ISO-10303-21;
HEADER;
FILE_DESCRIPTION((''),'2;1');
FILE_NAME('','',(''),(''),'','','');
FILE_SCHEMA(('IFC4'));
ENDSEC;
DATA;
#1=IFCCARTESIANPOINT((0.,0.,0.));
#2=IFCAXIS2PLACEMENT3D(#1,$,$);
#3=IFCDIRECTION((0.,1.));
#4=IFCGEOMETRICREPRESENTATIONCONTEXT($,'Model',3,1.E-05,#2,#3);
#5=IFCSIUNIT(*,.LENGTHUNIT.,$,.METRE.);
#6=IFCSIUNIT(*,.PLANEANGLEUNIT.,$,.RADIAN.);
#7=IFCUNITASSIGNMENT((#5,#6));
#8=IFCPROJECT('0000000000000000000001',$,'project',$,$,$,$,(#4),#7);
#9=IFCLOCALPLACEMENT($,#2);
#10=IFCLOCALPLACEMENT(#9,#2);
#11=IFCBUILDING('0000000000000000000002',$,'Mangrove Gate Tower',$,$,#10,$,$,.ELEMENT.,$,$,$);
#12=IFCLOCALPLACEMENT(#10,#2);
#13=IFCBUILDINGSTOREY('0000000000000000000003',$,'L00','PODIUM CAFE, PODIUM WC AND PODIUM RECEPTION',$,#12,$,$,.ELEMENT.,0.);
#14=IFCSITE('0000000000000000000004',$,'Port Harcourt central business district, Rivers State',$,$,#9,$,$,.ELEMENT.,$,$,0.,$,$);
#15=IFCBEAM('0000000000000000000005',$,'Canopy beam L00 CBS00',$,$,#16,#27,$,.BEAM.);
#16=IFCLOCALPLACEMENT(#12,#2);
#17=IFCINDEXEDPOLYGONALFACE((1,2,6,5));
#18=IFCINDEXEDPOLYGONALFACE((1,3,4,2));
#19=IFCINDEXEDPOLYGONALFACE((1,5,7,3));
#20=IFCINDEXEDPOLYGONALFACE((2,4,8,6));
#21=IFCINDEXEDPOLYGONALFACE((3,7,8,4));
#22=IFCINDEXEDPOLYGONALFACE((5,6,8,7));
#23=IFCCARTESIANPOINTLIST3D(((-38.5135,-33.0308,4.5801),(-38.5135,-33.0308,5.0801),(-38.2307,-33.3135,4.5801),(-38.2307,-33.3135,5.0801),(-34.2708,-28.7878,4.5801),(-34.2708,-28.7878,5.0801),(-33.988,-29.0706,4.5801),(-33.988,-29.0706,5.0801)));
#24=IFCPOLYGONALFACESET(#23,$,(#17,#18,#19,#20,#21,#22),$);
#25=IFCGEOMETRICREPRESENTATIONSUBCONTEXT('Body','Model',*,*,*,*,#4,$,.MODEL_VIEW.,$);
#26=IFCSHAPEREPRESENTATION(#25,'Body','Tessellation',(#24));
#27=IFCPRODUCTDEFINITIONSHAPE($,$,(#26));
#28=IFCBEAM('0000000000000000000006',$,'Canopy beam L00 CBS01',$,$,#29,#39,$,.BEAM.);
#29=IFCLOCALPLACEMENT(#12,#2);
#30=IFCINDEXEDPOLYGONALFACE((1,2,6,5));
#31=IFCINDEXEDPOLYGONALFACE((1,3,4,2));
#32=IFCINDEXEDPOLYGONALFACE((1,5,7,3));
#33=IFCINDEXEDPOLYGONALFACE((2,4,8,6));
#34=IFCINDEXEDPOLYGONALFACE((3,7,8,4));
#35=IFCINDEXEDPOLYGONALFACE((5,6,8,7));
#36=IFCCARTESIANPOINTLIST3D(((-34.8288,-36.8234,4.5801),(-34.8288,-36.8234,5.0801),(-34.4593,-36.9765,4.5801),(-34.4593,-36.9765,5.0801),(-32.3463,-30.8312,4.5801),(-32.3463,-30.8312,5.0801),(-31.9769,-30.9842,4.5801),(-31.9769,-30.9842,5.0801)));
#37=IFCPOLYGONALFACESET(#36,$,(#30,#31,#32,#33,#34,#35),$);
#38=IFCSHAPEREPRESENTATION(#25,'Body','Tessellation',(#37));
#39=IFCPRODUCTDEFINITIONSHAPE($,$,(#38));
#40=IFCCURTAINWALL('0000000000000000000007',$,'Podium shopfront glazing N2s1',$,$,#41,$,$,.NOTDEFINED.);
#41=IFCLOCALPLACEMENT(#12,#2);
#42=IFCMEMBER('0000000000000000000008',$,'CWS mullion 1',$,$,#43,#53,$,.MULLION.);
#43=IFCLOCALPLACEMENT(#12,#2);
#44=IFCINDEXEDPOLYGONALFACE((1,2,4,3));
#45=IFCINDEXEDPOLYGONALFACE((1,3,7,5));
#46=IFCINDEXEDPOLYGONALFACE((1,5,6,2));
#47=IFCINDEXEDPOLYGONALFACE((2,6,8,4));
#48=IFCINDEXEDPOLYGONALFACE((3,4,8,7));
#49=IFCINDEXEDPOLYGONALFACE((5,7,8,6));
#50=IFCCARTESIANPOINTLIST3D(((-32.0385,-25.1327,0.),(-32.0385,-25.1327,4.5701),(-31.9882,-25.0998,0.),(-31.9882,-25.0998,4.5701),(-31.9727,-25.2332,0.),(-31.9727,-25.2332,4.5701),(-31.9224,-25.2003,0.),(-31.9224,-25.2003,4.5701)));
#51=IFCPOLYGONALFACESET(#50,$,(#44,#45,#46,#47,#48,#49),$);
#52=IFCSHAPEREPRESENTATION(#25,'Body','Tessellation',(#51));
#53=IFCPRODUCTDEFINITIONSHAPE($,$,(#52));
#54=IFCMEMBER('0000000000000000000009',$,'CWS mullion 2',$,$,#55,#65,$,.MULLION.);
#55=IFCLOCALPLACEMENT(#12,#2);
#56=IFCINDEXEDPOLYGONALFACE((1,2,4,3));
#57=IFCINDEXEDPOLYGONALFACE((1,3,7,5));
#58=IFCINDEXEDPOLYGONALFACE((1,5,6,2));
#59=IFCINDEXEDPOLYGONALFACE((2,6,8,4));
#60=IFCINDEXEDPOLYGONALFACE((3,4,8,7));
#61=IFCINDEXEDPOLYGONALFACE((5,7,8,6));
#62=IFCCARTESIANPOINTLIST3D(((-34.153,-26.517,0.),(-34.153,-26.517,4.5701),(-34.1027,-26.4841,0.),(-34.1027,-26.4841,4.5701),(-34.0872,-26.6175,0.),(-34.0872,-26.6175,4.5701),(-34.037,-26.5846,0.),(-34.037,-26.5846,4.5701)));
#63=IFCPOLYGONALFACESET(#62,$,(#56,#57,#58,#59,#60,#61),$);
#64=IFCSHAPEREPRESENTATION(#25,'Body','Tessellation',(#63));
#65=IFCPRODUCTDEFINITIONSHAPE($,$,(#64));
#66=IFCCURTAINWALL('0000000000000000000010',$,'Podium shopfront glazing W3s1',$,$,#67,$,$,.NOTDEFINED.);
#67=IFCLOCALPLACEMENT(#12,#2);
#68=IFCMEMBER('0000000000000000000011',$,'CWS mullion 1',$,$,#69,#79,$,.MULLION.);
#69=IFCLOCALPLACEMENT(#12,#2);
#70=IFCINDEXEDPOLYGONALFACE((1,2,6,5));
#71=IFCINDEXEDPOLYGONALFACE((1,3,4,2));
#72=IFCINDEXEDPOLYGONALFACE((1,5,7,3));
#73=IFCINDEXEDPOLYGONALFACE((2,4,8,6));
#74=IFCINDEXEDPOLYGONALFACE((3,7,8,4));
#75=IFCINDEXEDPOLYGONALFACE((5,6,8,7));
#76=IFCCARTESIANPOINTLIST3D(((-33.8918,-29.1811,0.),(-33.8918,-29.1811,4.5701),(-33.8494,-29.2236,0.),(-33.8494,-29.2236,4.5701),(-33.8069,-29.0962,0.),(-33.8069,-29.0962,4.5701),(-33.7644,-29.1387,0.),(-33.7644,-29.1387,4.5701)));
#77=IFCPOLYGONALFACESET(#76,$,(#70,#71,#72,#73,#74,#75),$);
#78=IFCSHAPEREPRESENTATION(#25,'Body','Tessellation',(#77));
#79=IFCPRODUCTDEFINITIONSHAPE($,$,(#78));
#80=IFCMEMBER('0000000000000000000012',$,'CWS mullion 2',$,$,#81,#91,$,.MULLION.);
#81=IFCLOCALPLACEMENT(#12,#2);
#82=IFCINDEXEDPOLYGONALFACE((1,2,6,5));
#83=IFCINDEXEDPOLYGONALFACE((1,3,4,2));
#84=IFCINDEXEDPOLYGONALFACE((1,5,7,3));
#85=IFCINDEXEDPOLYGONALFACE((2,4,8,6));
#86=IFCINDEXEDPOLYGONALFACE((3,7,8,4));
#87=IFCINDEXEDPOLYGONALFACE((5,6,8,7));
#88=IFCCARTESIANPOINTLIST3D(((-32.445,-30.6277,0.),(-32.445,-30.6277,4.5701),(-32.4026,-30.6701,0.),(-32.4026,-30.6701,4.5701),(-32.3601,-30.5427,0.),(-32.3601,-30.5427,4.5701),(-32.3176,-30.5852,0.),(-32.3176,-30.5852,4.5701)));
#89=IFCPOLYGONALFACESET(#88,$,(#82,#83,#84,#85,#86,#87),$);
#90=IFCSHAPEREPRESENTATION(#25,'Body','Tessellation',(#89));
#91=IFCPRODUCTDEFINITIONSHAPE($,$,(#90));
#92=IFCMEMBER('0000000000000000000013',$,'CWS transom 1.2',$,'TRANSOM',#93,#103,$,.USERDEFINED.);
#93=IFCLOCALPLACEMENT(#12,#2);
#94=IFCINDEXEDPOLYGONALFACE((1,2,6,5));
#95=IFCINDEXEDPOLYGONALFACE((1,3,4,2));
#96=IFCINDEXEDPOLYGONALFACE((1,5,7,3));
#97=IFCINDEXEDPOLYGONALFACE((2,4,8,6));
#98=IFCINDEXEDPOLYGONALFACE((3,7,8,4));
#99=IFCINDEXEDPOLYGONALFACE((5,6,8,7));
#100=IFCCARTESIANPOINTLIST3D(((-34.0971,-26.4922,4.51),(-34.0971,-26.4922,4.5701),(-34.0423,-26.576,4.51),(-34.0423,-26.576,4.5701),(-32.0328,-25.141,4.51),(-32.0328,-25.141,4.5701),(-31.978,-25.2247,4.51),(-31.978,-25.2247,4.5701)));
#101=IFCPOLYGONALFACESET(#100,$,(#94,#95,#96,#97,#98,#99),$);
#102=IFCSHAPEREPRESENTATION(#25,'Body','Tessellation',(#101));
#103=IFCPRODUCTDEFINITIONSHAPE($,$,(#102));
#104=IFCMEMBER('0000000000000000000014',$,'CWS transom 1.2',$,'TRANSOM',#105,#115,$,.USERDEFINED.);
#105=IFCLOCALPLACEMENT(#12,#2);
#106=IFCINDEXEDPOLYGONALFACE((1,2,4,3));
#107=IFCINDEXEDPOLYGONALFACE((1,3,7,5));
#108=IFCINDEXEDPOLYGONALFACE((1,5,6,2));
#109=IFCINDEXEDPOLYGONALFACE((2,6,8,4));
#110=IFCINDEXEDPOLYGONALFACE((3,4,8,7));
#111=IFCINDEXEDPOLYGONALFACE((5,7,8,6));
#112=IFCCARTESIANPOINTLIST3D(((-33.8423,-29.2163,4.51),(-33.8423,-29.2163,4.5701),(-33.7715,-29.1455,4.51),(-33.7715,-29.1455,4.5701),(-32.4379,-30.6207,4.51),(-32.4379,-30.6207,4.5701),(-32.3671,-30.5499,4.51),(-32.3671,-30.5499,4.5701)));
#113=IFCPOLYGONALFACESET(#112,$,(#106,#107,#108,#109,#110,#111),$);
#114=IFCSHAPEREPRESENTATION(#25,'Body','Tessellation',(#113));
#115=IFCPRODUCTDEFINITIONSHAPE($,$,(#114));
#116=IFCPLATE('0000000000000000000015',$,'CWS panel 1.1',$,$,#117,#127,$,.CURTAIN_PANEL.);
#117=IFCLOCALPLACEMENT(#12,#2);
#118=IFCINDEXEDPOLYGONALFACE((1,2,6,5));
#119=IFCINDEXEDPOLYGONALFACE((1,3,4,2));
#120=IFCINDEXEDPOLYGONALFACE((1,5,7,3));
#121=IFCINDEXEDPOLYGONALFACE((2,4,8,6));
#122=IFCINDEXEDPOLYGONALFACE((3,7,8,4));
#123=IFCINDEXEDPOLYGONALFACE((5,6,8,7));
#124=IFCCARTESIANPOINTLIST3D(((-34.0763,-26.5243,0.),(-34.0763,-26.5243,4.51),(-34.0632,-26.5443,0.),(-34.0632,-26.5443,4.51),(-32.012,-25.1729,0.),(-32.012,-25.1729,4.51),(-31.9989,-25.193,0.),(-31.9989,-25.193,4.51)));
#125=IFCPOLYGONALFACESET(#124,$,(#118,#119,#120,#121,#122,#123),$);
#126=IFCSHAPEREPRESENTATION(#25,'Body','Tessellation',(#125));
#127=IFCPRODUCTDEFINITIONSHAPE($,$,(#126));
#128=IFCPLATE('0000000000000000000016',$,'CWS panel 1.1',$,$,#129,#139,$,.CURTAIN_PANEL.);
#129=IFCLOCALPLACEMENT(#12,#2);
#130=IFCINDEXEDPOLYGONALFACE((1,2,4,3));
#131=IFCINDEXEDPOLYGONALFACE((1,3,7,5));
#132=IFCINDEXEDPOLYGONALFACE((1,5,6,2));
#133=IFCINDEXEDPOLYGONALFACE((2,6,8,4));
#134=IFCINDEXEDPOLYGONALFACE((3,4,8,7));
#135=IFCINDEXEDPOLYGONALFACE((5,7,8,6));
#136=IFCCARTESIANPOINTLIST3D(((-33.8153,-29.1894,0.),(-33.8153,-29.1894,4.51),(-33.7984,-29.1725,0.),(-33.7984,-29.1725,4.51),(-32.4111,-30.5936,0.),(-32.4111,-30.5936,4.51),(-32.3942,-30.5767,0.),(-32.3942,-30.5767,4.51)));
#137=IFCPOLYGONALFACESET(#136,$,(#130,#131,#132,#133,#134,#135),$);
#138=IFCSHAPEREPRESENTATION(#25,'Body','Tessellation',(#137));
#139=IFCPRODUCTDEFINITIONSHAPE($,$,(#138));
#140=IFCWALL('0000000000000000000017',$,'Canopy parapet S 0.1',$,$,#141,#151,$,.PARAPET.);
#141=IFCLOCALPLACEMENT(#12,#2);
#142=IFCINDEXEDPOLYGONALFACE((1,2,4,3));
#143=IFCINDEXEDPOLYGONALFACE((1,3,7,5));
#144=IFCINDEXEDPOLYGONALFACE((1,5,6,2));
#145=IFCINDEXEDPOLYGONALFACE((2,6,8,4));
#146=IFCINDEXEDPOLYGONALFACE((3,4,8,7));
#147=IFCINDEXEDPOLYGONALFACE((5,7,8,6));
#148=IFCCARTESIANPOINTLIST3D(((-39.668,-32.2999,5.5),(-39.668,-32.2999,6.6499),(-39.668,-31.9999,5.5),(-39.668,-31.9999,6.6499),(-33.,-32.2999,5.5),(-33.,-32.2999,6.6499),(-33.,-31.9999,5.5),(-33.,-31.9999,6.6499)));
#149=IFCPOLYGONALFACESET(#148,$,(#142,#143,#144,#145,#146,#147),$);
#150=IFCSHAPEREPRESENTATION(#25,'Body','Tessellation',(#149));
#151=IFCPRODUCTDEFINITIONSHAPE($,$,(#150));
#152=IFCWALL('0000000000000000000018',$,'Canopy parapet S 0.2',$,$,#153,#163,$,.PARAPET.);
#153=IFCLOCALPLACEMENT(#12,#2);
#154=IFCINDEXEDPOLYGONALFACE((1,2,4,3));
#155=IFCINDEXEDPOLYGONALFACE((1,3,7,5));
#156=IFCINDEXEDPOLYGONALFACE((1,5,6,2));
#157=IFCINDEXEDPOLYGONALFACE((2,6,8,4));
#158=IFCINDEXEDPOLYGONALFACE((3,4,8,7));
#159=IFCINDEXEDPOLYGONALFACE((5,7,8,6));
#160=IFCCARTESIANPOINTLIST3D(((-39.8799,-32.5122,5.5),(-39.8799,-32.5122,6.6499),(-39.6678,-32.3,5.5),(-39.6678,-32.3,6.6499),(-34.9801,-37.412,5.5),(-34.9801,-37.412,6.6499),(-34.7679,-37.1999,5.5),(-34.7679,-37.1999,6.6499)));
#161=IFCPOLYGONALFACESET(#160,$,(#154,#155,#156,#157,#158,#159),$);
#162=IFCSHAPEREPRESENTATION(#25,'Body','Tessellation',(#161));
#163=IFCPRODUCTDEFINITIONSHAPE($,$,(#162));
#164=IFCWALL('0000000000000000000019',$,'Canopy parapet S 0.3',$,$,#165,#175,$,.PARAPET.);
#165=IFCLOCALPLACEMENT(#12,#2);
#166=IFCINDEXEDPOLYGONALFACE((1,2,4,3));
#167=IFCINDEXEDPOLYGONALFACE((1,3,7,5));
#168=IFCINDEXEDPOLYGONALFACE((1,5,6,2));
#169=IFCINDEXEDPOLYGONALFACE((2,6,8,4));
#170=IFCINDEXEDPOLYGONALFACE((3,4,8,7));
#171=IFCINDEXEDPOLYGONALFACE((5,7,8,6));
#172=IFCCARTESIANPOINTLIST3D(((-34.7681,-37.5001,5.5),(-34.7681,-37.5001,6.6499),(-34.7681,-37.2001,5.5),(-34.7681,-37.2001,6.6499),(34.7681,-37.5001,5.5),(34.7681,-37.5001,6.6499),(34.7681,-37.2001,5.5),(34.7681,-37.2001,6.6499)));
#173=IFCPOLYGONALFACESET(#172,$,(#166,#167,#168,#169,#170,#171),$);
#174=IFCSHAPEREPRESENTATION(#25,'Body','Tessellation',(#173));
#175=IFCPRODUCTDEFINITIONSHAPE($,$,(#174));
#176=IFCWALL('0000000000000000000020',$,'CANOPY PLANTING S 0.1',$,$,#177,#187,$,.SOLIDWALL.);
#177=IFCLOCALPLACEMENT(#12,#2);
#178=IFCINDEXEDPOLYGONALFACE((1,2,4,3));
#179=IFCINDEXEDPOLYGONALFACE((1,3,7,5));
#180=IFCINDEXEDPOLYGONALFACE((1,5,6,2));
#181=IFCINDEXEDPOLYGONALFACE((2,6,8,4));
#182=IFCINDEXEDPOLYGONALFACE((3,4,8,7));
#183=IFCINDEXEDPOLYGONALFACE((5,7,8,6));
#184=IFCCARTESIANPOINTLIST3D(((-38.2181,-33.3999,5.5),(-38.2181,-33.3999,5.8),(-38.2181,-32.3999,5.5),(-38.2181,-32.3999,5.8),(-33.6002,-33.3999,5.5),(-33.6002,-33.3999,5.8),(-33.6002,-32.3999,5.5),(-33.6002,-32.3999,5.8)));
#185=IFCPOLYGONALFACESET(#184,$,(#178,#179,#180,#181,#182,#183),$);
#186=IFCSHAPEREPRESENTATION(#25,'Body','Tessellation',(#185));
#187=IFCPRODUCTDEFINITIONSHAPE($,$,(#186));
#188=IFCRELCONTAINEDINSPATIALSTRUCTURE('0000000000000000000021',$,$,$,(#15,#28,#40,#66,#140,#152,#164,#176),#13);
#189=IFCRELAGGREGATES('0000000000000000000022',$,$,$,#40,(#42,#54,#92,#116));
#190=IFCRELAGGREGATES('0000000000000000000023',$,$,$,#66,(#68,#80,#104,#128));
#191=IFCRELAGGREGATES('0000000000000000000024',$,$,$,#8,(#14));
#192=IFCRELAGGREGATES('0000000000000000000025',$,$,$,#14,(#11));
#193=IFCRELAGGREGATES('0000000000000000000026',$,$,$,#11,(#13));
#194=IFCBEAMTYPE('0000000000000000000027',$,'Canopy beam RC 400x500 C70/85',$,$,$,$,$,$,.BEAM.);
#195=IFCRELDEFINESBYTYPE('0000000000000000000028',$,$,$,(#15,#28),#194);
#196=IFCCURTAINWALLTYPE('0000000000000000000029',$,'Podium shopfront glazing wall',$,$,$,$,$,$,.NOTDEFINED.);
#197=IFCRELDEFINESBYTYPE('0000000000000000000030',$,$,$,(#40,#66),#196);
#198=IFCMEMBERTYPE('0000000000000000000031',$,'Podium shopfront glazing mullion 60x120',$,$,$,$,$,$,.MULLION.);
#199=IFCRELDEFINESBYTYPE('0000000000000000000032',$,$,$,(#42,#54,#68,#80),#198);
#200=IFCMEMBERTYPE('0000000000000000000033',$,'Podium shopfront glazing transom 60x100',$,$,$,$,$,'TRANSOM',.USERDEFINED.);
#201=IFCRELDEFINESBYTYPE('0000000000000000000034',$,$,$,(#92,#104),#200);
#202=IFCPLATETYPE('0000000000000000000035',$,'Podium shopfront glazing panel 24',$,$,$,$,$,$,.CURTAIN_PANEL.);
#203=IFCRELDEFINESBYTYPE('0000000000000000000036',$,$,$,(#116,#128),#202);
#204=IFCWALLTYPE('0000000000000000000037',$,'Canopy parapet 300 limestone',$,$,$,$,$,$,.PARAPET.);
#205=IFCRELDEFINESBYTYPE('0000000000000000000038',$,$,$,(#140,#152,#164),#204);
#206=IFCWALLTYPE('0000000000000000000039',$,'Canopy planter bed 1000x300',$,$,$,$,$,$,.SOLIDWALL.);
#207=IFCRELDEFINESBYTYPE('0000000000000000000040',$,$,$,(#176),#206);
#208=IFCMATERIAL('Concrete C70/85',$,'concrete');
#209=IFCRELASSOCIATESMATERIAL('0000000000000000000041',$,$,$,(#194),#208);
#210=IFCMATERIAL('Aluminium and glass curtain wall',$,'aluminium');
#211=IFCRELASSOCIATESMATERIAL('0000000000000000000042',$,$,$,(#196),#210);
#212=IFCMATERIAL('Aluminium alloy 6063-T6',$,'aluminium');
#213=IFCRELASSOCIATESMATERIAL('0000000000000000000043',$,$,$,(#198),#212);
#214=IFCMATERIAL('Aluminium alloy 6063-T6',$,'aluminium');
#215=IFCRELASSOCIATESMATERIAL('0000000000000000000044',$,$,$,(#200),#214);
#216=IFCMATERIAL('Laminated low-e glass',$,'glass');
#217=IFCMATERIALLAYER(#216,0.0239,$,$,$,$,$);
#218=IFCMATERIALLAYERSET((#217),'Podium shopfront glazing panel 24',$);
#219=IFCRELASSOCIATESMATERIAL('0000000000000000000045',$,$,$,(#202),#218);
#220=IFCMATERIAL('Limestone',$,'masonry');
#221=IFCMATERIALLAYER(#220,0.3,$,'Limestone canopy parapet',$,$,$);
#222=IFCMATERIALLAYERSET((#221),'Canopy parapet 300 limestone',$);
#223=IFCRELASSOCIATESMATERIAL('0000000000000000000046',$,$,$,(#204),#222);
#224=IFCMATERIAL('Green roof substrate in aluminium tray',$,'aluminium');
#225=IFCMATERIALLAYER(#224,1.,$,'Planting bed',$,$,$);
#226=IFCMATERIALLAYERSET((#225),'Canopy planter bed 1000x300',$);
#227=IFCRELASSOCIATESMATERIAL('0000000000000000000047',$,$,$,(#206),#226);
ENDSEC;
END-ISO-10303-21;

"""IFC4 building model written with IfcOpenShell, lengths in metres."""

from ifc_helpers import new_model, si_unit, direction, frame, frame_2d, origin, origin_2d, place, context, subcontext, project, spatial, rectangle, extrude, material, layer, layer_set, material_profile, profile_set, type_object, element, aggregate, save


model = new_model("IFC4")

# Units and contexts
model_context = context("Model", 3, precision=1e-05, world=origin(), true_north=direction((0.0, 1.0)))
body_context = subcontext(model_context, "Body", "Model", "MODEL_VIEW")
ifc_project = project(units=[si_unit("LENGTHUNIT", "METRE"), si_unit("PLANEANGLEUNIT", "RADIAN")], contexts=[model_context])

# Site, building, storey
site_placement = place(None, origin())
site = spatial("IfcSite", under=ifc_project, at=site_placement, Name="Port Harcourt central business district, Rivers State", CompositionType="ELEMENT", RefElevation=0.0)
building_placement = place(site_placement, origin())
building = spatial("IfcBuilding", under=site, at=building_placement, Name="Mangrove Gate Tower", CompositionType="ELEMENT")
storey_placement = place(building_placement, origin())
storey = spatial("IfcBuildingStorey", under=building, at=storey_placement, Name="L00", Description="PODIUM CAFE, PODIUM WC AND PODIUM RECEPTION", CompositionType="ELEMENT", Elevation=0.0)

# Beams
ifc_material_1 = material(Name="Concrete C70/85", Category="concrete")
ifc_material_profile_1 = material_profile(ifc_material_1, rectangle(XDim=0.3999, YDim=0.5, at=origin_2d()))
ifc_profile_set_1 = profile_set([ifc_material_profile_1], Name="Concrete C70/85")
beam_type = type_object("IfcBeamType", Name="Canopy beam RC 400x500 C70/85", PredefinedType="BEAM", material=ifc_profile_set_1)
beam_1_placement = place(storey_placement, frame((-34.1294, -28.9292, 4.8301), z_axis=(-0.707086, -0.707127, 0.0), x_axis=(0.707127, -0.707086, 0.0)))
element("IfcBeam", 1, at=beam_1_placement, inside=storey, type_object=beam_type, Name="Canopy beam L00 CBS00", PredefinedType="BEAM", context=body_context, shape_type="SweptSolid", body=[
    extrude(rectangle(XDim=0.3999, YDim=0.5, at=origin_2d()), origin(), (0.0, 0.0, 1.0), 6.0002),
])
beam_2_placement = place(storey_placement, frame((-32.1616, -30.9077, 4.8301), z_axis=(-0.382733, -0.923859, 0.0), x_axis=(0.923859, -0.382733, 0.0)))
element("IfcBeam", 2, at=beam_2_placement, inside=storey, type_object=beam_type, Name="Canopy beam L00 CBS01", PredefinedType="BEAM", context=body_context, shape_type="SweptSolid", body=[
    extrude(rectangle(XDim=0.3999, YDim=0.5, at=origin_2d()), origin(), (0.0, 0.0, 1.0), 6.4861),
])

# Curtain walls, members
ifc_material_2 = material(Name="Aluminium and glass curtain wall", Category="aluminium")
curtain_wall_type = type_object("IfcCurtainWallType", Name="Podium shopfront glazing wall", PredefinedType="NOTDEFINED", material=ifc_material_2)
curtain_wall_1_placement = place(storey_placement, origin())
curtain_wall_1 = element("IfcCurtainWall", 3, at=curtain_wall_1_placement, inside=storey, type_object=curtain_wall_type, Name="Podium shopfront glazing N2s1", PredefinedType="NOTDEFINED")
ifc_material_3 = material(Name="Aluminium alloy 6063-T6", Category="aluminium")
ifc_material_profile_2 = material_profile(ifc_material_3, rectangle(XDim=0.0601, YDim=0.1201, at=origin_2d()))
ifc_profile_set_2 = profile_set([ifc_material_profile_2], Name="Aluminium alloy 6063-T6")
member_type_1 = type_object("IfcMemberType", Name="Podium shopfront glazing mullion 60x120", PredefinedType="MULLION", material=ifc_profile_set_2)
member_1_placement = place(storey_placement, frame((-31.9805, -25.1665, 0.0), z_axis=(0.0, 0.0, 1.0), x_axis=(-0.836659, -0.547725, 0.0)))
member_1 = element("IfcMember", 4, at=member_1_placement, type_object=member_type_1, Name="CWS mullion 1", PredefinedType="MULLION", context=body_context, shape_type="SweptSolid", body=[
    extrude(rectangle(XDim=0.0601, YDim=0.1201, at=origin_2d()), origin(), (0.0, 0.0, 1.0), 4.5701),
])
member_2_placement = place(storey_placement, frame((-34.095, -26.5508, 0.0), z_axis=(0.0, 0.0, 1.0), x_axis=(-0.836659, -0.547725, 0.0)))
member_2 = element("IfcMember", 5, at=member_2_placement, type_object=member_type_1, Name="CWS mullion 2", PredefinedType="MULLION", context=body_context, shape_type="SweptSolid", body=[
    extrude(rectangle(XDim=0.0601, YDim=0.1201, at=origin_2d()), origin(), (0.0, 0.0, 1.0), 4.5701),
])
curtain_wall_2_placement = place(storey_placement, origin())
curtain_wall_2 = element("IfcCurtainWall", 6, at=curtain_wall_2_placement, inside=storey, type_object=curtain_wall_type, Name="Podium shopfront glazing W3s1", PredefinedType="NOTDEFINED")
member_3_placement = place(storey_placement, frame((-33.8281, -29.1599, 0.0), z_axis=(0.0, 0.0, 1.0), x_axis=(0.707107, -0.707107, 0.0)))
member_3 = element("IfcMember", 7, at=member_3_placement, type_object=member_type_1, Name="CWS mullion 1", PredefinedType="MULLION", context=body_context, shape_type="SweptSolid", body=[
    extrude(rectangle(XDim=0.0601, YDim=0.1201, at=origin_2d()), origin(), (0.0, 0.0, 1.0), 4.5701),
])
member_4_placement = place(storey_placement, frame((-32.3813, -30.6064, 0.0), z_axis=(0.0, 0.0, 1.0), x_axis=(0.707107, -0.707107, 0.0)))
member_4 = element("IfcMember", 8, at=member_4_placement, type_object=member_type_1, Name="CWS mullion 2", PredefinedType="MULLION", context=body_context, shape_type="SweptSolid", body=[
    extrude(rectangle(XDim=0.0601, YDim=0.1201, at=origin_2d()), origin(), (0.0, 0.0, 1.0), 4.5701),
])

# Members
ifc_material_4 = material(Name="Aluminium alloy 6063-T6", Category="aluminium")
ifc_material_profile_3 = material_profile(ifc_material_4, rectangle(XDim=0.0601, YDim=0.1001, at=origin_2d()))
ifc_profile_set_3 = profile_set([ifc_material_profile_3], Name="Aluminium alloy 6063-T6")
member_type_2 = type_object("IfcMemberType", Name="Podium shopfront glazing transom 60x100", ElementType="TRANSOM", PredefinedType="USERDEFINED", material=ifc_profile_set_3)
member_5_placement = place(storey_placement, frame((-32.0054, -25.1829, 4.54), z_axis=(-0.836694, -0.547671, 0.0), x_axis=(0.0, 0.0, 1.0)))
member_5 = element("IfcMember", 9, at=member_5_placement, type_object=member_type_2, Name="CWS transom 1.2", ObjectType="TRANSOM", PredefinedType="USERDEFINED", context=body_context, shape_type="SweptSolid", body=[
    extrude(rectangle(XDim=0.0601, YDim=0.1001, at=origin_2d()), origin(), (0.0, 0.0, 1.0), 2.4673),
])
member_6_placement = place(storey_placement, frame((-33.8069, -29.1809, 4.54), z_axis=(0.707107, -0.707107, 0.0), x_axis=(0.0, 0.0, 1.0)))
member_6 = element("IfcMember", 10, at=member_6_placement, type_object=member_type_2, Name="CWS transom 1.2", ObjectType="TRANSOM", PredefinedType="USERDEFINED", context=body_context, shape_type="SweptSolid", body=[
    extrude(rectangle(XDim=0.0601, YDim=0.1001, at=origin_2d()), origin(), (0.0, 0.0, 1.0), 1.9861),
])

# Plates
ifc_material_5 = material(Name="Laminated low-e glass", Category="glass")
ifc_layer_1 = layer(ifc_material_5, 0.0239)
ifc_layer_set_1 = layer_set([ifc_layer_1], Name="Podium shopfront glazing panel 24")
plate_type = type_object("IfcPlateType", Name="Podium shopfront glazing panel 24", PredefinedType="CURTAIN_PANEL", material=ifc_layer_set_1)
plate_1_placement = place(storey_placement, frame((-33.0376, -25.8586, 0.0), z_axis=(0.0, 0.0, 1.0), x_axis=(-0.836659, -0.547725, 0.0)))
plate_1 = element("IfcPlate", 11, at=plate_1_placement, type_object=plate_type, Name="CWS panel 1.1", PredefinedType="CURTAIN_PANEL", context=body_context, shape_type="SweptSolid", body=[
    extrude(rectangle(XDim=2.4673, YDim=0.0239, at=origin_2d()), origin(), (0.0, 0.0, 1.0), 4.51),
])
aggregate(curtain_wall_1, [member_1, member_2, member_5, plate_1])
plate_2_placement = place(storey_placement, frame((-33.1047, -29.8831, 0.0), z_axis=(0.0, 0.0, 1.0), x_axis=(0.707107, -0.707107, 0.0)))
plate_2 = element("IfcPlate", 12, at=plate_2_placement, type_object=plate_type, Name="CWS panel 1.1", PredefinedType="CURTAIN_PANEL", context=body_context, shape_type="SweptSolid", body=[
    extrude(rectangle(XDim=1.9858, YDim=0.0239, at=origin_2d()), origin(), (0.0, 0.0, 1.0), 4.51),
])
aggregate(curtain_wall_2, [member_3, member_4, member_6, plate_2])

# Walls
ifc_material_6 = material(Name="Limestone", Category="masonry")
ifc_layer_2 = layer(ifc_material_6, 0.3, Name="Limestone canopy parapet")
ifc_layer_set_2 = layer_set([ifc_layer_2], Name="Canopy parapet 300 limestone")
wall_type_1 = type_object("IfcWallType", Name="Canopy parapet 300 limestone", PredefinedType="PARAPET", material=ifc_layer_set_2)
wall_1_placement = place(storey_placement, frame((-33.0, -32.1499, 5.5), z_axis=(0.0, 0.0, 1.0), x_axis=(-1.0, 0.0, 0.0)))
element("IfcWall", 13, at=wall_1_placement, inside=storey, type_object=wall_type_1, Name="Canopy parapet S 0.1", PredefinedType="PARAPET", context=body_context, shape_type="SweptSolid", body=[
    extrude(rectangle(XDim=6.668, YDim=0.3, at=frame_2d((3.334, 0.0))), origin(), (0.0, 0.0, 1.0), 1.1499),
])
wall_2_placement = place(storey_placement, frame((-39.7739, -32.406, 5.5), z_axis=(0.0, 0.0, 1.0), x_axis=(0.707107, -0.707107, 0.0)))
element("IfcWall", 14, at=wall_2_placement, inside=storey, type_object=wall_type_1, Name="Canopy parapet S 0.2", PredefinedType="PARAPET", context=body_context, shape_type="SweptSolid", body=[
    extrude(rectangle(XDim=6.9294, YDim=0.3, at=frame_2d((3.4648, 0.0))), origin(), (0.0, 0.0, 1.0), 1.1499),
])
wall_3_placement = place(storey_placement, frame((-34.7681, -37.3501, 5.5), z_axis=(0.0, 0.0, 1.0), x_axis=(1.0, 0.0, 0.0)))
element("IfcWall", 15, at=wall_3_placement, inside=storey, type_object=wall_type_1, Name="Canopy parapet S 0.3", PredefinedType="PARAPET", context=body_context, shape_type="SweptSolid", body=[
    extrude(rectangle(XDim=69.5361, YDim=0.3, at=frame_2d((34.7681, 0.0))), origin(), (0.0, 0.0, 1.0), 1.1499),
])
ifc_material_7 = material(Name="Green roof substrate in aluminium tray", Category="aluminium")
ifc_layer_3 = layer(ifc_material_7, 1.0, Name="Planting bed")
ifc_layer_set_3 = layer_set([ifc_layer_3], Name="Canopy planter bed 1000x300")
wall_type_2 = type_object("IfcWallType", Name="Canopy planter bed 1000x300", PredefinedType="SOLIDWALL", material=ifc_layer_set_3)
wall_4_placement = place(storey_placement, frame((-33.6001, -32.8999, 5.5), z_axis=(0.0, 0.0, 1.0), x_axis=(-1.0, 0.0, 0.0)))
element("IfcWall", 16, at=wall_4_placement, inside=storey, type_object=wall_type_2, Name="CANOPY PLANTING S 0.1", PredefinedType="SOLIDWALL", context=body_context, shape_type="SweptSolid", body=[
    extrude(rectangle(XDim=4.6179, YDim=1.0, at=frame_2d((2.3091, 0.0))), origin(), (0.0, 0.0, 1.0), 0.3),
])

save(model, "model.ifc")
